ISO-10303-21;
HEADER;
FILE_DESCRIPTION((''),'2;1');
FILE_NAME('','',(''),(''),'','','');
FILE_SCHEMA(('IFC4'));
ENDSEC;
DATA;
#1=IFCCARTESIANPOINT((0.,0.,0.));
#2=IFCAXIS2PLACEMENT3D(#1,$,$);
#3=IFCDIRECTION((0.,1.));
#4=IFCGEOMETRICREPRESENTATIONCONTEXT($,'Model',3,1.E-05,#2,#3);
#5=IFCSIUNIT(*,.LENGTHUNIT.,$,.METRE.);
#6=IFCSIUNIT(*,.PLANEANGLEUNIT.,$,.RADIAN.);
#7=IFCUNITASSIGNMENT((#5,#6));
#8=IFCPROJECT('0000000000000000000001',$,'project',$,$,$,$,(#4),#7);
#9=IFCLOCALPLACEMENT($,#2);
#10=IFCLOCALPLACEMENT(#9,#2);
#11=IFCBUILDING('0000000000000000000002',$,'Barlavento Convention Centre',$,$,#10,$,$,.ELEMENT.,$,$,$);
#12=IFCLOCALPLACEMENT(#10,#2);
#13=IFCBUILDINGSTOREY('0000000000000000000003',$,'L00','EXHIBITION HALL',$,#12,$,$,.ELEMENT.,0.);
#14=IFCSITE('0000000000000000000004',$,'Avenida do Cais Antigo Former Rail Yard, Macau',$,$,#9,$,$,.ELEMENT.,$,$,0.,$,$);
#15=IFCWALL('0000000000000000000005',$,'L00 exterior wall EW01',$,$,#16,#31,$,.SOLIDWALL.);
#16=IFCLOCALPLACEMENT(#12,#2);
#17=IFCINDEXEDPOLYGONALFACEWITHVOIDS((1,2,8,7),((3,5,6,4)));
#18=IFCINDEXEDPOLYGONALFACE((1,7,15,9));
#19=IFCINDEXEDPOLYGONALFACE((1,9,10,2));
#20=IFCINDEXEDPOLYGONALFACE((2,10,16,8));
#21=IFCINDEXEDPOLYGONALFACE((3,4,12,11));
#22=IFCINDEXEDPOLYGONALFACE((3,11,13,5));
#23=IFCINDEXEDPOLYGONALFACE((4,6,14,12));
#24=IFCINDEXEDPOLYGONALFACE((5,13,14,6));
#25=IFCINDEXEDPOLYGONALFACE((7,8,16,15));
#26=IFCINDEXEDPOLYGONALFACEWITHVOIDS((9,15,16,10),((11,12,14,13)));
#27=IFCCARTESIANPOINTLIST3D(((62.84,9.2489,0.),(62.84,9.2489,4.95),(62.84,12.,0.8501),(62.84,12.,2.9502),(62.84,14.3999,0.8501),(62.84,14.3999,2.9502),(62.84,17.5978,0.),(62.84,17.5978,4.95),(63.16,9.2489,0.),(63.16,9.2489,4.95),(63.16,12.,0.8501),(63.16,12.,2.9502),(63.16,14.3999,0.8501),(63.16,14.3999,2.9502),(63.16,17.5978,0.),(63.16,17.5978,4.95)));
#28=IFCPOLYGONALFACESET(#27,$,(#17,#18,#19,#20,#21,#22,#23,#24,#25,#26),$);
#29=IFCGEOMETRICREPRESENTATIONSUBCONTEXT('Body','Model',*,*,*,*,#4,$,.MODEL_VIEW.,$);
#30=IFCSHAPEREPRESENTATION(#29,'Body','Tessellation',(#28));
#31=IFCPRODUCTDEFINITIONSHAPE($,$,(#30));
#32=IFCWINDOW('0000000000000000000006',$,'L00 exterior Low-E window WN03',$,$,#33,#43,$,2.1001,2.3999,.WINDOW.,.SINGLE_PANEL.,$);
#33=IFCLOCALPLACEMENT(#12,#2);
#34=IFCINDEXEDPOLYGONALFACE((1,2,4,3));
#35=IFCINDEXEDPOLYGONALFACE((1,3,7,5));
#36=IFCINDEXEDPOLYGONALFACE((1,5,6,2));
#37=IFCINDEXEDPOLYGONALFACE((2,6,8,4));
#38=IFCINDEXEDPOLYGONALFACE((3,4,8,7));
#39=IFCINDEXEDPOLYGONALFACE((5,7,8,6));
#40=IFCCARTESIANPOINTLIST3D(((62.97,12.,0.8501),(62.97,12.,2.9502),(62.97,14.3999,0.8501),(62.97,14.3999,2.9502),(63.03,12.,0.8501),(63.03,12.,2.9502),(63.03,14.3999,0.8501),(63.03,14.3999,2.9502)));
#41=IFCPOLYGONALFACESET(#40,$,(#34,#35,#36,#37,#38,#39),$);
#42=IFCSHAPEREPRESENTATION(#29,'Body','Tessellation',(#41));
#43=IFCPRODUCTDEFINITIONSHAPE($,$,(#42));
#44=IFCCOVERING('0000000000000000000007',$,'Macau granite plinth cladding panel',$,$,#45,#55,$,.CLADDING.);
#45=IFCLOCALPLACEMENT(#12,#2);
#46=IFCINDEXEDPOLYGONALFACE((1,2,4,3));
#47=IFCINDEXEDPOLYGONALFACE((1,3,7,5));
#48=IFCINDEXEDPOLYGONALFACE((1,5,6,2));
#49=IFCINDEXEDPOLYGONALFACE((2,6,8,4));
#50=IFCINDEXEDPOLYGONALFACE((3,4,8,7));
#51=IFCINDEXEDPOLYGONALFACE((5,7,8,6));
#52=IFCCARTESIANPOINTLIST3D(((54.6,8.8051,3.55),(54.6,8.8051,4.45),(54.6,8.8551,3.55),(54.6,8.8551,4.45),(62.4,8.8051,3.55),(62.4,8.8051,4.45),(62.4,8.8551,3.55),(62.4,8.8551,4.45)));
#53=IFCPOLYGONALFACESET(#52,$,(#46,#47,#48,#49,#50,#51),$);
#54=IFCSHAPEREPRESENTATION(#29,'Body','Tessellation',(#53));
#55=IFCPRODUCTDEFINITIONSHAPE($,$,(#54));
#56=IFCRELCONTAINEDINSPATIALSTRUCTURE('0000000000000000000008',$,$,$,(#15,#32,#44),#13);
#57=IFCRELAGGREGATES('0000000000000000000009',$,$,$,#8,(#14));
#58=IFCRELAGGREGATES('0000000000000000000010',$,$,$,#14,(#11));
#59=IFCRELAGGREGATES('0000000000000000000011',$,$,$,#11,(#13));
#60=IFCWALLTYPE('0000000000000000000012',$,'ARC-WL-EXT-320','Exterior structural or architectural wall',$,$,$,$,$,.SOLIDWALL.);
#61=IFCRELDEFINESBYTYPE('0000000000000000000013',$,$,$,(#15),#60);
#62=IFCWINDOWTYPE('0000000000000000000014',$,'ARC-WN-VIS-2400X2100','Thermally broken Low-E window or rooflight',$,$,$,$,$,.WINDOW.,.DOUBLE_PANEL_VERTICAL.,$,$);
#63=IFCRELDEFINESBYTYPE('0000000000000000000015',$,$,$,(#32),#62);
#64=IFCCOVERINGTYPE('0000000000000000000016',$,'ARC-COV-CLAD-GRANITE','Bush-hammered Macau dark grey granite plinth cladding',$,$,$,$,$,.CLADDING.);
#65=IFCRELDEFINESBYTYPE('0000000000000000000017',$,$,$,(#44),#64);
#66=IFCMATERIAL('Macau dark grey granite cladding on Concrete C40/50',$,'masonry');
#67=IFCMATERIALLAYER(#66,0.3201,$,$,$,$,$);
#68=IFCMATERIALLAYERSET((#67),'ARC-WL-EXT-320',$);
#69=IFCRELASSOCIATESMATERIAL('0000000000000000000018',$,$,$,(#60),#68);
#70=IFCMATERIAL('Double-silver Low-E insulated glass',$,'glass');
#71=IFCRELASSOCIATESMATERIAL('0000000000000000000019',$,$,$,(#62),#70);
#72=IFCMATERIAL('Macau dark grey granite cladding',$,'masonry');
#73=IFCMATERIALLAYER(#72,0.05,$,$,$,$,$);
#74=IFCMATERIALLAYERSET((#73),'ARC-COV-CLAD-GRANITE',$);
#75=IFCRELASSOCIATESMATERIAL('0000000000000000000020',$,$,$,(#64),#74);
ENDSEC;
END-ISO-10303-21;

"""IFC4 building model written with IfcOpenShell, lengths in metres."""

from ifc_helpers import new_model, si_unit, direction, frame, frame_2d, origin, origin_2d, place, context, subcontext, project, spatial, rectangle, extrude, material, layer, layer_set, type_object, element, fill, save


model = new_model("IFC4")

# Units and contexts
model_context = context("Model", 3, precision=1e-05, world=origin(), true_north=direction((0.0, 1.0)))
body_context = subcontext(model_context, "Body", "Model", "MODEL_VIEW")
ifc_project = project(units=[si_unit("LENGTHUNIT", "METRE"), si_unit("PLANEANGLEUNIT", "RADIAN")], contexts=[model_context])

# Site, building, storey
site_placement = place(None, origin())
site = spatial("IfcSite", under=ifc_project, at=site_placement, Name="Avenida do Cais Antigo Former Rail Yard, Macau", CompositionType="ELEMENT", RefElevation=0.0)
building_placement = place(site_placement, origin())
building = spatial("IfcBuilding", under=site, at=building_placement, Name="Barlavento Convention Centre", CompositionType="ELEMENT")
storey_placement = place(building_placement, origin())
storey = spatial("IfcBuildingStorey", under=building, at=storey_placement, Name="L00", Description="EXHIBITION HALL", CompositionType="ELEMENT", Elevation=0.0)

# Shared definitions
ifc_material_1 = material(Name="Macau dark grey granite cladding on Concrete C40/50", Category="masonry")
ifc_layer_1 = layer(ifc_material_1, 0.3201)
ifc_layer_set_1 = layer_set([ifc_layer_1], Name="ARC-WL-EXT-320")
wall_type = type_object("IfcWallType", Name="ARC-WL-EXT-320", Description="Exterior structural or architectural wall", PredefinedType="SOLIDWALL", material=ifc_layer_set_1)

# Wall, opening, window
wall_1_placement = place(storey_placement, frame((63.0, 9.249, 0.0), z_axis=(0.0, 0.0, 1.0), x_axis=(0.0, 1.0, 0.0)))
wall_1 = element("IfcWall", 1, at=wall_1_placement, inside=storey, type_object=wall_type, Name="L00 exterior wall EW01", PredefinedType="SOLIDWALL", context=body_context, shape_type="SweptSolid", body=[
    extrude(rectangle(XDim=8.3489, YDim=0.3201, at=frame_2d((4.1743, 0.0))), origin(), (0.0, 0.0, 1.0), 4.95),
])
opening_1_placement = place(wall_1_placement, frame((2.751, 0.0, 0.8501)))
opening_1 = element("IfcOpeningElement", 2, at=opening_1_placement, cuts=wall_1, PredefinedType="OPENING", context=body_context, shape_type="SweptSolid", body=[
    extrude(rectangle(XDim=2.3999, YDim=2.1001, at=frame_2d((1.2, 1.05))), frame((0.0, 0.1699, 0.0), z_axis=(0.0, -1.0, 0.0), x_axis=(1.0, 0.0, 0.0)), (0.0, 0.0, 1.0), 0.3401),
])
ifc_material_2 = material(Name="Double-silver Low-E insulated glass", Category="glass")
window_type = type_object("IfcWindowType", Name="ARC-WN-VIS-2400X2100", Description="Thermally broken Low-E window or rooflight", PartitioningType="DOUBLE_PANEL_VERTICAL", PredefinedType="WINDOW", material=ifc_material_2)
window_placement = place(opening_1_placement, origin())
window = element("IfcWindow", 3, at=window_placement, inside=storey, type_object=window_type, Name="L00 exterior Low-E window WN03", OverallHeight=2.1001, OverallWidth=2.3999, PartitioningType="SINGLE_PANEL", PredefinedType="WINDOW", context=body_context, shape_type="SweptSolid", body=[
    extrude(rectangle(XDim=2.3999, YDim=2.1001, at=frame_2d((1.2, 1.05))), frame((0.0, 0.03, 0.0), z_axis=(0.0, -1.0, 0.0), x_axis=(1.0, 0.0, 0.0)), (0.0, 0.0, 1.0), 0.0601),
])
fill(opening_1, window)

# Covering
ifc_material_3 = material(Name="Macau dark grey granite cladding", Category="masonry")
ifc_layer_2 = layer(ifc_material_3, 0.05)
ifc_layer_set_2 = layer_set([ifc_layer_2], Name="ARC-COV-CLAD-GRANITE")
covering_type = type_object("IfcCoveringType", Name="ARC-COV-CLAD-GRANITE", Description="Bush-hammered Macau dark grey granite plinth cladding", PredefinedType="CLADDING", material=ifc_layer_set_2)
covering_placement = place(storey_placement, frame((58.5, 8.8301, 3.55), z_axis=(0.0, 0.0, 1.0), x_axis=(1.0, 0.0, 0.0)))
element("IfcCovering", 4, at=covering_placement, inside=storey, type_object=covering_type, Name="Macau granite plinth cladding panel", PredefinedType="CLADDING", context=body_context, shape_type="SweptSolid", body=[
    extrude(rectangle(XDim=7.8, YDim=0.05, at=origin_2d()), origin(), (0.0, 0.0, 1.0), 0.8999),
])

save(model, "model.ifc")
